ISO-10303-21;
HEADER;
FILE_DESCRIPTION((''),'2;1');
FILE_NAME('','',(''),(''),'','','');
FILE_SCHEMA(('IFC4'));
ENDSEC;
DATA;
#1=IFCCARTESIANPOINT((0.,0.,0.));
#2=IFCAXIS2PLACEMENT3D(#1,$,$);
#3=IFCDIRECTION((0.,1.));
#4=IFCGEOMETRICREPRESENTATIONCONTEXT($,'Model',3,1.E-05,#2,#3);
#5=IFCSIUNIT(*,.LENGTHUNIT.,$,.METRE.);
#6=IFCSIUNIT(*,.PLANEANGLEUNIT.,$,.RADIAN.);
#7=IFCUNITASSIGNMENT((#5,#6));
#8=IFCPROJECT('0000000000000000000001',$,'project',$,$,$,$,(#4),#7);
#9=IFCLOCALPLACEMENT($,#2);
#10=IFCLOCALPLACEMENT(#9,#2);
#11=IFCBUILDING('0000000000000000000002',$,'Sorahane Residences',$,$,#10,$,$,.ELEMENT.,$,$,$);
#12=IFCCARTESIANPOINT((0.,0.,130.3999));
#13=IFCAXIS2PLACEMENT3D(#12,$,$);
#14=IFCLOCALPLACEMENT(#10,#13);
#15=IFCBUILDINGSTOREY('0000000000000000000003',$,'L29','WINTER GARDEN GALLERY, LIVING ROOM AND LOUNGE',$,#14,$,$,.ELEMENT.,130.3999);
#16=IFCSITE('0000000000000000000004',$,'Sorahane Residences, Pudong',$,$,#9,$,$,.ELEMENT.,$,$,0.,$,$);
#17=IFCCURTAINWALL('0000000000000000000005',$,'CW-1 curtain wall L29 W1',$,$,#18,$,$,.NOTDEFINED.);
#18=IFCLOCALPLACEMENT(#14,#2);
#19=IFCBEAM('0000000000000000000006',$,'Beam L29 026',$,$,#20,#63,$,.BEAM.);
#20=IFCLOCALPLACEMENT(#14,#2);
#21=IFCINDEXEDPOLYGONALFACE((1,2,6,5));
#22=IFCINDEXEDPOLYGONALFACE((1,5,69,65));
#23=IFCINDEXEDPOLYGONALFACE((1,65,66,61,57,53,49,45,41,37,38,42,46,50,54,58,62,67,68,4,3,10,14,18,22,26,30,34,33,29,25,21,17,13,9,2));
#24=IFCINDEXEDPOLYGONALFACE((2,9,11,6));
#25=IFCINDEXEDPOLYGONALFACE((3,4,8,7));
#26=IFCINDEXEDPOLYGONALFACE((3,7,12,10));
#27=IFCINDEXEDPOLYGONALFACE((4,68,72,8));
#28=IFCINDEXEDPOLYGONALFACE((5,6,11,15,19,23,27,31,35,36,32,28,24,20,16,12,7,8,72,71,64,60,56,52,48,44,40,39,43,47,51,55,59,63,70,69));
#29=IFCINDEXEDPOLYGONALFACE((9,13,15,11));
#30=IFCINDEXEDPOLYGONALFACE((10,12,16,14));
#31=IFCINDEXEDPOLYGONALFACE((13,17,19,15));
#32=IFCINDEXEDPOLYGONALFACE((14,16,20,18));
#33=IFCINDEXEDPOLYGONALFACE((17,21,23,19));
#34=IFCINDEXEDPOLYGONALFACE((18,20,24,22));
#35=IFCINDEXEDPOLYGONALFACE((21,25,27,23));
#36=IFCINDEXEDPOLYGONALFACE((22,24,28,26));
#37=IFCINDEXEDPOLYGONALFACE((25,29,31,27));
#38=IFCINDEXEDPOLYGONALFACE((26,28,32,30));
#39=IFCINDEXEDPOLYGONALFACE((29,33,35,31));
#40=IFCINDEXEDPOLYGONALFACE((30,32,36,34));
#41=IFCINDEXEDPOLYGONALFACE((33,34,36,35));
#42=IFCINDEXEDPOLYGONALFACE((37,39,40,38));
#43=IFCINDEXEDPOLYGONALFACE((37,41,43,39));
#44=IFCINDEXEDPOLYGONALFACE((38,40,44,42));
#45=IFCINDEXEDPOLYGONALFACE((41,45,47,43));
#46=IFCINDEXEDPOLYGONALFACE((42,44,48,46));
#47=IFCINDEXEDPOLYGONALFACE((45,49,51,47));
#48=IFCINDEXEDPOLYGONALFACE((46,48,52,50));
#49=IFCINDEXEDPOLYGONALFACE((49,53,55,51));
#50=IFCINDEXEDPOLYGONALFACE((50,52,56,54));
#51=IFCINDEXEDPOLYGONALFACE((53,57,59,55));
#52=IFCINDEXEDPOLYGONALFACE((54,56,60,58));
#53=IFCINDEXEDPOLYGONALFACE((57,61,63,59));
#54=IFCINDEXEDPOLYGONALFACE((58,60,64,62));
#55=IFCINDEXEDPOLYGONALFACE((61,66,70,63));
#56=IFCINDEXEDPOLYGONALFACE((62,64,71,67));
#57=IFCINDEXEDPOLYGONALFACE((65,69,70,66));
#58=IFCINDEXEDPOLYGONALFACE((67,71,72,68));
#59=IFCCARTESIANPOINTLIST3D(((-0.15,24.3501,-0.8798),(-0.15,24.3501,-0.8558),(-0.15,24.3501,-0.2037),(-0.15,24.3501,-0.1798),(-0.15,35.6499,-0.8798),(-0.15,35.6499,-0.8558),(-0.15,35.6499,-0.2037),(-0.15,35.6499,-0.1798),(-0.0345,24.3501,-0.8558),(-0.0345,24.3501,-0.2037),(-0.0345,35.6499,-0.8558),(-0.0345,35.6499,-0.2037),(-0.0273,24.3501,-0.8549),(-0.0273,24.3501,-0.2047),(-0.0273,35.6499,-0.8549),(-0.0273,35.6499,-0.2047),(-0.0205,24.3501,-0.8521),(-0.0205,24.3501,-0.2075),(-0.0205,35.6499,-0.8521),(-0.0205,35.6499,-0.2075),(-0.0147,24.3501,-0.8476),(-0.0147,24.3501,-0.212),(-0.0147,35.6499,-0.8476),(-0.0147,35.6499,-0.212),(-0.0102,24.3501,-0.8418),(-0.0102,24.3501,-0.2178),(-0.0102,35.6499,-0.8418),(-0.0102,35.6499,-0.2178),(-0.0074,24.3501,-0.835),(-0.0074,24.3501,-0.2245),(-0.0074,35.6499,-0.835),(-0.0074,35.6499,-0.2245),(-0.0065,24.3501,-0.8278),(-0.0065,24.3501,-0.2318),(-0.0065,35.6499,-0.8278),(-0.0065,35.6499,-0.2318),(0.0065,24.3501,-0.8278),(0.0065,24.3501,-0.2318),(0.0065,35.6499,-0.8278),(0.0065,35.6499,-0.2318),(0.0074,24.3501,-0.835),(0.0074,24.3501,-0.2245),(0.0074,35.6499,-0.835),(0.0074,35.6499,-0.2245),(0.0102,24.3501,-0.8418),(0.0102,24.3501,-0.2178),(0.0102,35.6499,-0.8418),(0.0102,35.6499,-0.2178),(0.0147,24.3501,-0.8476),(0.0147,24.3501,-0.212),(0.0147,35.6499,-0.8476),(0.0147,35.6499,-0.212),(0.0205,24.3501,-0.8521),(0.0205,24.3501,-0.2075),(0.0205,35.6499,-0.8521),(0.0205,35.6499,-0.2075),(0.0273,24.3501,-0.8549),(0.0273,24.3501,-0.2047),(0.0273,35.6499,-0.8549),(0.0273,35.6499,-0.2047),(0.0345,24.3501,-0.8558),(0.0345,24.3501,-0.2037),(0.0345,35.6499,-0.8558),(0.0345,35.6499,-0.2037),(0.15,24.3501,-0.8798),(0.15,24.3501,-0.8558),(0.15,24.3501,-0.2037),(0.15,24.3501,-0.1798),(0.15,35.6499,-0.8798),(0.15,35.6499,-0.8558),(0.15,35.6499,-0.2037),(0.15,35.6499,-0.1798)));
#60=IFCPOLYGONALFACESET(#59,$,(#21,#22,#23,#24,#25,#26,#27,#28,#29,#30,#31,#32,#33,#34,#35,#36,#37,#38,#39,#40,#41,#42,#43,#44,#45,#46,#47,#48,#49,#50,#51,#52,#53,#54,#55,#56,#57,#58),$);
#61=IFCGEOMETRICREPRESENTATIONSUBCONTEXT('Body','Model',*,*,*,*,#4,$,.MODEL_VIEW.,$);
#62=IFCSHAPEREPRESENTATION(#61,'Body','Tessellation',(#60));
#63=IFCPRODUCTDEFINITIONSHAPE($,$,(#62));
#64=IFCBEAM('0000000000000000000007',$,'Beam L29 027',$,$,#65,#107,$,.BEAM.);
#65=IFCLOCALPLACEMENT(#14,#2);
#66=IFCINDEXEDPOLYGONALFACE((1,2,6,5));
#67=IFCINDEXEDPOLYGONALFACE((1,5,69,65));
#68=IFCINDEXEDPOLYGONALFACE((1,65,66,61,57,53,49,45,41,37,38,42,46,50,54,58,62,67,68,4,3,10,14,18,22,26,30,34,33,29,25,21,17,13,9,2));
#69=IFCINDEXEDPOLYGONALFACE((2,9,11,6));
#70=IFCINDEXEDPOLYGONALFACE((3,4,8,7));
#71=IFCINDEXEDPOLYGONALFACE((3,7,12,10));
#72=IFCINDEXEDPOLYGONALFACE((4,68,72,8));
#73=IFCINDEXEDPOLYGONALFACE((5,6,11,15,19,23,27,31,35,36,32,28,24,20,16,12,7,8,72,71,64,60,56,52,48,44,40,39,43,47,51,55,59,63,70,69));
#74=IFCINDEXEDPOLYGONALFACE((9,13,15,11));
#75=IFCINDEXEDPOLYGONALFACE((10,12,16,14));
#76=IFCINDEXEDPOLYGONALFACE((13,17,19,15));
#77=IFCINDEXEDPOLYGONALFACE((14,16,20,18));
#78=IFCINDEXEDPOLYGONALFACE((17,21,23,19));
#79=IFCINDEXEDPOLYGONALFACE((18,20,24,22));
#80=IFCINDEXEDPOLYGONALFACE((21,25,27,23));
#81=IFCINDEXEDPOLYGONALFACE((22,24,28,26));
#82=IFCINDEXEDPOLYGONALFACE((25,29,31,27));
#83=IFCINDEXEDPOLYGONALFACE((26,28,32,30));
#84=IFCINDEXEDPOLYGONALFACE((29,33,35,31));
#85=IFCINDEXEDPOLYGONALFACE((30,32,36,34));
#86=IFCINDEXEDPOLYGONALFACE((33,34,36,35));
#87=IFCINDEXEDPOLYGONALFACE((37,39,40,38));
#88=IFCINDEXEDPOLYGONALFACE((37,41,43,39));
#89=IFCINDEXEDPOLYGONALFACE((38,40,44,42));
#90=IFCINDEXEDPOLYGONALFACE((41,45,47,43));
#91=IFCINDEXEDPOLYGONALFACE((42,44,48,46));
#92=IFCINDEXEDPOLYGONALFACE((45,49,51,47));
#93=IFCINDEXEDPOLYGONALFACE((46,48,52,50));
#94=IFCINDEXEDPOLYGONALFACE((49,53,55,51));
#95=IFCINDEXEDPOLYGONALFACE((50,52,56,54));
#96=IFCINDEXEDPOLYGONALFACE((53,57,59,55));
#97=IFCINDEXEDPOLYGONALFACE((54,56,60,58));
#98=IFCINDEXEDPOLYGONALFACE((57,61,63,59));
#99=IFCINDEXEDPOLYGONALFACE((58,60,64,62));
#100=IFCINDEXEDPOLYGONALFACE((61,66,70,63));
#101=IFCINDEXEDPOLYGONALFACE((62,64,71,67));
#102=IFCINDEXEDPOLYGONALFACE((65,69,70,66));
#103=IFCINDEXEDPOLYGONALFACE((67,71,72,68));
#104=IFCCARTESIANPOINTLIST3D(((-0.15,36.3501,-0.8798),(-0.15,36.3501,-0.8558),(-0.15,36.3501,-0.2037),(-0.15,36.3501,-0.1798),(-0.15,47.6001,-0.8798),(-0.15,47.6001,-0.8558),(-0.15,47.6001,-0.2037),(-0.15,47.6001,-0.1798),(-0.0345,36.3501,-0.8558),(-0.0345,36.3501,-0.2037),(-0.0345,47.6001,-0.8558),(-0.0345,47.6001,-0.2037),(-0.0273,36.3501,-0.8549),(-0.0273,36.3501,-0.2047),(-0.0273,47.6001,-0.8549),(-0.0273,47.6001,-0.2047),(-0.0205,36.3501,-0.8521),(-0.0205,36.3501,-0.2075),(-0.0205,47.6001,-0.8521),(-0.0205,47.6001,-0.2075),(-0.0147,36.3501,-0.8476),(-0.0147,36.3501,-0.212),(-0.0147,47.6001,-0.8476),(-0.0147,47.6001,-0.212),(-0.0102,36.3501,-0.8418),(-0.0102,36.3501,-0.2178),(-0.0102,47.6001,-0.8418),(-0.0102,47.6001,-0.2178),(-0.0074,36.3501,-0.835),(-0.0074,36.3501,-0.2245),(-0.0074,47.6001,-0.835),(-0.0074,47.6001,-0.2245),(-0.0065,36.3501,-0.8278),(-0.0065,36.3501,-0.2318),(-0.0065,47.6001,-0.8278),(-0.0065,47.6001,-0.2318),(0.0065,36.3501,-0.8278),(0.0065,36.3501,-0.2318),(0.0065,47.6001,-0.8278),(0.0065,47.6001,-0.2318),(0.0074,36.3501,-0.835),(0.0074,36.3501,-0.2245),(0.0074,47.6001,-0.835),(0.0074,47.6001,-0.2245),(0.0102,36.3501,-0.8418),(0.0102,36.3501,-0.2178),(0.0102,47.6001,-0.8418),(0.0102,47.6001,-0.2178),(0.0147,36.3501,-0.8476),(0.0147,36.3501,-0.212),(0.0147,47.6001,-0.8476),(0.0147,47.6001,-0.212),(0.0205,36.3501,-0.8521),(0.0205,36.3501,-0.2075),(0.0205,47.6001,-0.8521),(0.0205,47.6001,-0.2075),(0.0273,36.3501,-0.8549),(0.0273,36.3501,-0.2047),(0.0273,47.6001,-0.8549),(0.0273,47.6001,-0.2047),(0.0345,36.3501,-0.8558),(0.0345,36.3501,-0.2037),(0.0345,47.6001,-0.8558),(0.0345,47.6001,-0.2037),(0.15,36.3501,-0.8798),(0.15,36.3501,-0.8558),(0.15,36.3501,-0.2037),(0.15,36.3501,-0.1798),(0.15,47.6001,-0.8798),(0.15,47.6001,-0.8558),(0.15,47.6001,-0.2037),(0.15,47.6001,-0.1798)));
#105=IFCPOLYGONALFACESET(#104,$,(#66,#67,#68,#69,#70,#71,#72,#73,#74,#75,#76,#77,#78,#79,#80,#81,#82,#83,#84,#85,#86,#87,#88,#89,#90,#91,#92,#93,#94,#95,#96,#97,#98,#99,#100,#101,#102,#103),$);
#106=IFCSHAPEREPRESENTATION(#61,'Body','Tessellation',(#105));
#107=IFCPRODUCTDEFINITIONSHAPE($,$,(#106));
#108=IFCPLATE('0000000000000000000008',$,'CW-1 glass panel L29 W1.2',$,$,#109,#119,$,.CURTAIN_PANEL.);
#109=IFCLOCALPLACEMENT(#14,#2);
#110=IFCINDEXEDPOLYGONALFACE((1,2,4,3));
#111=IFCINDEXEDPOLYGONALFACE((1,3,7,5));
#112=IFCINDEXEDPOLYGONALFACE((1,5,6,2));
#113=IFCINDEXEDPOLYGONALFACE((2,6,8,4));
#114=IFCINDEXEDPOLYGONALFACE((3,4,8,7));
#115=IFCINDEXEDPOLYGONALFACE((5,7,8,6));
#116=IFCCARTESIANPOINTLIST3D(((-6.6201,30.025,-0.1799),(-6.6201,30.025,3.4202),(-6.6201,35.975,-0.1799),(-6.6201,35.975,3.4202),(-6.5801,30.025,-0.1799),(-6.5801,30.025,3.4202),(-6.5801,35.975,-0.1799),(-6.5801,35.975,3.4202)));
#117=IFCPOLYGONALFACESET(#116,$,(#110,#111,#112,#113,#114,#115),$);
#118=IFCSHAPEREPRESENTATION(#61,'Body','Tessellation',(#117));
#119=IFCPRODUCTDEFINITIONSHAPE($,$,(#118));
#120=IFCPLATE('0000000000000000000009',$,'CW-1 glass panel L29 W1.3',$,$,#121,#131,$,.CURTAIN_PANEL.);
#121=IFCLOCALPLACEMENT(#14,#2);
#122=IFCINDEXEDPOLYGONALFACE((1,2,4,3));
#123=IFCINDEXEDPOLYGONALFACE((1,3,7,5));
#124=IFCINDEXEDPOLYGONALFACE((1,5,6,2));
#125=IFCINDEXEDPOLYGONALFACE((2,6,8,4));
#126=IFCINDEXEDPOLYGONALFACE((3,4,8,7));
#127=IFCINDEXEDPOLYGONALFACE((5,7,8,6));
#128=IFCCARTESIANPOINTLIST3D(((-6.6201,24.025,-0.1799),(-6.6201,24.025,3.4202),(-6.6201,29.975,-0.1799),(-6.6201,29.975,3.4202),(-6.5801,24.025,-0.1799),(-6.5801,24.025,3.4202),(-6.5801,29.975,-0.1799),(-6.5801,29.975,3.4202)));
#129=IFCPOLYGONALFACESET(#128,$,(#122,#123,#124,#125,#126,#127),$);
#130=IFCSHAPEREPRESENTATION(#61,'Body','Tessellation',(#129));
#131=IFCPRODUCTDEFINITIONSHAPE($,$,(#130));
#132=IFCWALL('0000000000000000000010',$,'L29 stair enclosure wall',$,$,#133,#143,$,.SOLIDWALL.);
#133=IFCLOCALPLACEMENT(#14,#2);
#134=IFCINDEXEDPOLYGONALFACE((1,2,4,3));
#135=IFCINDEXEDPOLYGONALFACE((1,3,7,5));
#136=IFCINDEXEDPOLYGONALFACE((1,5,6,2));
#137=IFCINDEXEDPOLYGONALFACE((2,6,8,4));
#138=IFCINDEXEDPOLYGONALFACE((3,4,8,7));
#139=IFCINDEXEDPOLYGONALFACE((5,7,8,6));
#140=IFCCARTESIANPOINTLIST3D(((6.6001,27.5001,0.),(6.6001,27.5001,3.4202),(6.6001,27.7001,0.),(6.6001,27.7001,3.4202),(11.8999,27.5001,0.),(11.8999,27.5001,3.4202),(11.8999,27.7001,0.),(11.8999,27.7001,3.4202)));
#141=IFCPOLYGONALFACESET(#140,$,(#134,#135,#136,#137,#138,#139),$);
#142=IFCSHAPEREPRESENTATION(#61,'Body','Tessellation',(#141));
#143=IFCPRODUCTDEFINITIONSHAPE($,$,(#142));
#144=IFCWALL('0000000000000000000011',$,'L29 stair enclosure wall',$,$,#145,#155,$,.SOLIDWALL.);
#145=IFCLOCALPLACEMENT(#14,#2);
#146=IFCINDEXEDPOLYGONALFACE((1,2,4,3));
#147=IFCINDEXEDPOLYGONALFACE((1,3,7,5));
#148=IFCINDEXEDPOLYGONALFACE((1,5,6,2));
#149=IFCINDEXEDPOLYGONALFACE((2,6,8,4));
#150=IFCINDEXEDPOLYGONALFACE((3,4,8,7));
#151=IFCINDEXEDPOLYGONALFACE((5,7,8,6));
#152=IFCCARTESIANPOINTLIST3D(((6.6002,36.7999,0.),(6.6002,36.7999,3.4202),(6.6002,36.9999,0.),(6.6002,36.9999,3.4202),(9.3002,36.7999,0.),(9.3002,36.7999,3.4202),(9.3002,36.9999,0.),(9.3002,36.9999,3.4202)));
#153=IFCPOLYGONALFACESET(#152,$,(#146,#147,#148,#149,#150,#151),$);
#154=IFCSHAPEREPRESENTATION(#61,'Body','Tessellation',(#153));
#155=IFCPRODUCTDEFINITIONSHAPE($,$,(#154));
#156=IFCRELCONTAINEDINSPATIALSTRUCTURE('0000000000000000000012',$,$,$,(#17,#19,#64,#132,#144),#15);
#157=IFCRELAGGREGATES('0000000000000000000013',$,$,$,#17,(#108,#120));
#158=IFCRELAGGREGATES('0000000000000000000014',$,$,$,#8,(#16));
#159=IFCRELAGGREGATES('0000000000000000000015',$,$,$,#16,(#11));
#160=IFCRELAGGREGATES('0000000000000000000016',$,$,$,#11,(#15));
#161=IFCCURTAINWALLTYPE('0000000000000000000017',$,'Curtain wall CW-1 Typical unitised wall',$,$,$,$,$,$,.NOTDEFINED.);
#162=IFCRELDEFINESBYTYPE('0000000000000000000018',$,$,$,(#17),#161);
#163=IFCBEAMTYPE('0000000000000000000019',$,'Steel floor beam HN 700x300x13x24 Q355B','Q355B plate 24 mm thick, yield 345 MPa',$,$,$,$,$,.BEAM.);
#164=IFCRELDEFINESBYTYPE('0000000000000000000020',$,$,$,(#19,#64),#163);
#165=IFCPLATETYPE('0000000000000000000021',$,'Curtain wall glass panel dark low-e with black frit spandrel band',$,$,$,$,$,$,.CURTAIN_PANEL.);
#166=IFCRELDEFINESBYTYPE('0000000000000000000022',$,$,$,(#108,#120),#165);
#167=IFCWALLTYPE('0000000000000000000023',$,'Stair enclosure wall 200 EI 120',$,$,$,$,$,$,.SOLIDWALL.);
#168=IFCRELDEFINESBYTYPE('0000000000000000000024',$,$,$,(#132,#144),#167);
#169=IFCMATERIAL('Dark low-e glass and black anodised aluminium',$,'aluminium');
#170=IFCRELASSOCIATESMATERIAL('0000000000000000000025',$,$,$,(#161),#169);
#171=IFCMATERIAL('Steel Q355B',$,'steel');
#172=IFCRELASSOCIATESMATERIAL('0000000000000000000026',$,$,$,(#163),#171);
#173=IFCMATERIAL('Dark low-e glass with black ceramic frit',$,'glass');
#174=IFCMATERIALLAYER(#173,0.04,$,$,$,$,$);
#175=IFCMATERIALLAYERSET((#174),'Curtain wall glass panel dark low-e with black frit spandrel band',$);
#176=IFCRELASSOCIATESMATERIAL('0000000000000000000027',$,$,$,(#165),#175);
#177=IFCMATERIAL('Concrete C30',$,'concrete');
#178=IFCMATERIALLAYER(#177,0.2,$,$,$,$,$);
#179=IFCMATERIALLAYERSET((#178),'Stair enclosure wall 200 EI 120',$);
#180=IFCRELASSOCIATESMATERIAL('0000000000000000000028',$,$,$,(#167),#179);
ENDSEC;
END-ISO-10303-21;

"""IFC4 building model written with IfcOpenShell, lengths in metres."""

from ifc_helpers import new_model, si_unit, direction, frame, frame_2d, origin, origin_2d, place, context, subcontext, project, spatial, rectangle, i_section, extrude, material, layer, layer_set, material_profile, profile_set, type_object, element, aggregate, save


model = new_model("IFC4")

# Units and contexts
model_context = context("Model", 3, precision=1e-05, world=origin(), true_north=direction((0.0, 1.0)))
body_context = subcontext(model_context, "Body", "Model", "MODEL_VIEW")
ifc_project = project(units=[si_unit("LENGTHUNIT", "METRE"), si_unit("PLANEANGLEUNIT", "RADIAN")], contexts=[model_context])

# Site, building, storey
site_placement = place(None, origin())
site = spatial("IfcSite", under=ifc_project, at=site_placement, Name="Sorahane Residences, Pudong", CompositionType="ELEMENT", RefElevation=0.0)
building_placement = place(site_placement, origin())
building = spatial("IfcBuilding", under=site, at=building_placement, Name="Sorahane Residences", CompositionType="ELEMENT")
storey_placement = place(building_placement, frame((0.0, 0.0, 130.3999)))
storey = spatial("IfcBuildingStorey", under=building, at=storey_placement, Name="L29", Description="WINTER GARDEN GALLERY, LIVING ROOM AND LOUNGE", CompositionType="ELEMENT", Elevation=130.3999)

# Curtain wall
ifc_material_1 = material(Name="Dark low-e glass and black anodised aluminium", Category="aluminium")
curtain_wall_type = type_object("IfcCurtainWallType", Name="Curtain wall CW-1 Typical unitised wall", PredefinedType="NOTDEFINED", material=ifc_material_1)
curtain_wall_placement = place(storey_placement, origin())
curtain_wall = element("IfcCurtainWall", 1, at=curtain_wall_placement, inside=storey, type_object=curtain_wall_type, Name="CW-1 curtain wall L29 W1", PredefinedType="NOTDEFINED")

# Beams
ifc_material_2 = material(Name="Steel Q355B", Category="steel")
ifc_material_profile_1 = material_profile(ifc_material_2, i_section(OverallWidth=0.3, OverallDepth=0.7, WebThickness=0.0129, FlangeThickness=0.0239, FilletRadius=0.0281, at=origin_2d()), Name="HN 700x300x13x24")
ifc_profile_set_1 = profile_set([ifc_material_profile_1], Name="Steel Q355B")
beam_type_1 = type_object("IfcBeamType", Name="Steel floor beam HN 700x300x13x24 Q355B", Description="Q355B plate 24 mm thick, yield 345 MPa", PredefinedType="BEAM", material=ifc_profile_set_1)
beam_1_placement = place(storey_placement, frame((0.0, 24.3501, -0.5298), z_axis=(0.0, 1.0, 0.0), x_axis=(-1.0, 0.0, 0.0)))
element("IfcBeam", 2, at=beam_1_placement, inside=storey, type_object=beam_type_1, Name="Beam L29 026", PredefinedType="BEAM", context=body_context, shape_type="SweptSolid", body=[
    extrude(i_section(OverallWidth=0.3, OverallDepth=0.7, WebThickness=0.0129, FlangeThickness=0.0239, FilletRadius=0.0281, at=origin_2d()), origin(), (0.0, 0.0, 1.0), 11.2998),
])
beam_2_placement = place(storey_placement, frame((0.0, 36.3501, -0.5298), z_axis=(0.0, 1.0, 0.0), x_axis=(-1.0, 0.0, 0.0)))
element("IfcBeam", 3, at=beam_2_placement, inside=storey, type_object=beam_type_1, Name="Beam L29 027", PredefinedType="BEAM", context=body_context, shape_type="SweptSolid", body=[
    extrude(i_section(OverallWidth=0.3, OverallDepth=0.7, WebThickness=0.0129, FlangeThickness=0.0239, FilletRadius=0.0281, at=origin_2d()), origin(), (0.0, 0.0, 1.0), 11.25),
])

# Plates
ifc_material_3 = material(Name="Dark low-e glass with black ceramic frit", Category="glass")
ifc_layer_1 = layer(ifc_material_3, 0.04)
ifc_layer_set_1 = layer_set([ifc_layer_1], Name="Curtain wall glass panel dark low-e with black frit spandrel band")
plate_type = type_object("IfcPlateType", Name="Curtain wall glass panel dark low-e with black frit spandrel band", PredefinedType="CURTAIN_PANEL", material=ifc_layer_set_1)
plate_1_placement = place(storey_placement, frame((-6.6001, 33.0, -0.1799), z_axis=(0.0, 0.0, 1.0), x_axis=(0.0, -1.0, 0.0)))
plate_1 = element("IfcPlate", 4, at=plate_1_placement, type_object=plate_type, Name="CW-1 glass panel L29 W1.2", PredefinedType="CURTAIN_PANEL", context=body_context, shape_type="SweptSolid", body=[
    extrude(rectangle(XDim=5.95, YDim=0.04, at=origin_2d()), origin(), (0.0, 0.0, 1.0), 3.6001),
])
plate_2_placement = place(storey_placement, frame((-6.6001, 27.0, -0.1799), z_axis=(0.0, 0.0, 1.0), x_axis=(0.0, -1.0, 0.0)))
plate_2 = element("IfcPlate", 5, at=plate_2_placement, type_object=plate_type, Name="CW-1 glass panel L29 W1.3", PredefinedType="CURTAIN_PANEL", context=body_context, shape_type="SweptSolid", body=[
    extrude(rectangle(XDim=5.95, YDim=0.04, at=origin_2d()), origin(), (0.0, 0.0, 1.0), 3.6001),
])
aggregate(curtain_wall, [plate_1, plate_2])

# Walls
ifc_material_4 = material(Name="Concrete C30", Category="concrete")
ifc_layer_2 = layer(ifc_material_4, 0.2)
ifc_layer_set_2 = layer_set([ifc_layer_2], Name="Stair enclosure wall 200 EI 120")
wall_type = type_object("IfcWallType", Name="Stair enclosure wall 200 EI 120", PredefinedType="SOLIDWALL", material=ifc_layer_set_2)
wall_1_placement = place(storey_placement, frame((6.6001, 27.6001, 0.0), z_axis=(0.0, 0.0, 1.0), x_axis=(1.0, 0.0, 0.0)))
element("IfcWall", 6, at=wall_1_placement, inside=storey, type_object=wall_type, Name="L29 stair enclosure wall", PredefinedType="SOLIDWALL", context=body_context, shape_type="SweptSolid", body=[
    extrude(rectangle(XDim=5.2998, YDim=0.2, at=frame_2d((2.6499, 0.0))), origin(), (0.0, 0.0, 1.0), 3.4202),
])
wall_2_placement = place(storey_placement, frame((6.6001, 36.8999, 0.0), z_axis=(0.0, 0.0, 1.0), x_axis=(1.0, 0.0, 0.0)))
element("IfcWall", 7, at=wall_2_placement, inside=storey, type_object=wall_type, Name="L29 stair enclosure wall", PredefinedType="SOLIDWALL", context=body_context, shape_type="SweptSolid", body=[
    extrude(rectangle(XDim=2.7, YDim=0.2, at=frame_2d((1.3501, 0.0))), origin(), (0.0, 0.0, 1.0), 3.4202),
])

save(model, "model.ifc")
